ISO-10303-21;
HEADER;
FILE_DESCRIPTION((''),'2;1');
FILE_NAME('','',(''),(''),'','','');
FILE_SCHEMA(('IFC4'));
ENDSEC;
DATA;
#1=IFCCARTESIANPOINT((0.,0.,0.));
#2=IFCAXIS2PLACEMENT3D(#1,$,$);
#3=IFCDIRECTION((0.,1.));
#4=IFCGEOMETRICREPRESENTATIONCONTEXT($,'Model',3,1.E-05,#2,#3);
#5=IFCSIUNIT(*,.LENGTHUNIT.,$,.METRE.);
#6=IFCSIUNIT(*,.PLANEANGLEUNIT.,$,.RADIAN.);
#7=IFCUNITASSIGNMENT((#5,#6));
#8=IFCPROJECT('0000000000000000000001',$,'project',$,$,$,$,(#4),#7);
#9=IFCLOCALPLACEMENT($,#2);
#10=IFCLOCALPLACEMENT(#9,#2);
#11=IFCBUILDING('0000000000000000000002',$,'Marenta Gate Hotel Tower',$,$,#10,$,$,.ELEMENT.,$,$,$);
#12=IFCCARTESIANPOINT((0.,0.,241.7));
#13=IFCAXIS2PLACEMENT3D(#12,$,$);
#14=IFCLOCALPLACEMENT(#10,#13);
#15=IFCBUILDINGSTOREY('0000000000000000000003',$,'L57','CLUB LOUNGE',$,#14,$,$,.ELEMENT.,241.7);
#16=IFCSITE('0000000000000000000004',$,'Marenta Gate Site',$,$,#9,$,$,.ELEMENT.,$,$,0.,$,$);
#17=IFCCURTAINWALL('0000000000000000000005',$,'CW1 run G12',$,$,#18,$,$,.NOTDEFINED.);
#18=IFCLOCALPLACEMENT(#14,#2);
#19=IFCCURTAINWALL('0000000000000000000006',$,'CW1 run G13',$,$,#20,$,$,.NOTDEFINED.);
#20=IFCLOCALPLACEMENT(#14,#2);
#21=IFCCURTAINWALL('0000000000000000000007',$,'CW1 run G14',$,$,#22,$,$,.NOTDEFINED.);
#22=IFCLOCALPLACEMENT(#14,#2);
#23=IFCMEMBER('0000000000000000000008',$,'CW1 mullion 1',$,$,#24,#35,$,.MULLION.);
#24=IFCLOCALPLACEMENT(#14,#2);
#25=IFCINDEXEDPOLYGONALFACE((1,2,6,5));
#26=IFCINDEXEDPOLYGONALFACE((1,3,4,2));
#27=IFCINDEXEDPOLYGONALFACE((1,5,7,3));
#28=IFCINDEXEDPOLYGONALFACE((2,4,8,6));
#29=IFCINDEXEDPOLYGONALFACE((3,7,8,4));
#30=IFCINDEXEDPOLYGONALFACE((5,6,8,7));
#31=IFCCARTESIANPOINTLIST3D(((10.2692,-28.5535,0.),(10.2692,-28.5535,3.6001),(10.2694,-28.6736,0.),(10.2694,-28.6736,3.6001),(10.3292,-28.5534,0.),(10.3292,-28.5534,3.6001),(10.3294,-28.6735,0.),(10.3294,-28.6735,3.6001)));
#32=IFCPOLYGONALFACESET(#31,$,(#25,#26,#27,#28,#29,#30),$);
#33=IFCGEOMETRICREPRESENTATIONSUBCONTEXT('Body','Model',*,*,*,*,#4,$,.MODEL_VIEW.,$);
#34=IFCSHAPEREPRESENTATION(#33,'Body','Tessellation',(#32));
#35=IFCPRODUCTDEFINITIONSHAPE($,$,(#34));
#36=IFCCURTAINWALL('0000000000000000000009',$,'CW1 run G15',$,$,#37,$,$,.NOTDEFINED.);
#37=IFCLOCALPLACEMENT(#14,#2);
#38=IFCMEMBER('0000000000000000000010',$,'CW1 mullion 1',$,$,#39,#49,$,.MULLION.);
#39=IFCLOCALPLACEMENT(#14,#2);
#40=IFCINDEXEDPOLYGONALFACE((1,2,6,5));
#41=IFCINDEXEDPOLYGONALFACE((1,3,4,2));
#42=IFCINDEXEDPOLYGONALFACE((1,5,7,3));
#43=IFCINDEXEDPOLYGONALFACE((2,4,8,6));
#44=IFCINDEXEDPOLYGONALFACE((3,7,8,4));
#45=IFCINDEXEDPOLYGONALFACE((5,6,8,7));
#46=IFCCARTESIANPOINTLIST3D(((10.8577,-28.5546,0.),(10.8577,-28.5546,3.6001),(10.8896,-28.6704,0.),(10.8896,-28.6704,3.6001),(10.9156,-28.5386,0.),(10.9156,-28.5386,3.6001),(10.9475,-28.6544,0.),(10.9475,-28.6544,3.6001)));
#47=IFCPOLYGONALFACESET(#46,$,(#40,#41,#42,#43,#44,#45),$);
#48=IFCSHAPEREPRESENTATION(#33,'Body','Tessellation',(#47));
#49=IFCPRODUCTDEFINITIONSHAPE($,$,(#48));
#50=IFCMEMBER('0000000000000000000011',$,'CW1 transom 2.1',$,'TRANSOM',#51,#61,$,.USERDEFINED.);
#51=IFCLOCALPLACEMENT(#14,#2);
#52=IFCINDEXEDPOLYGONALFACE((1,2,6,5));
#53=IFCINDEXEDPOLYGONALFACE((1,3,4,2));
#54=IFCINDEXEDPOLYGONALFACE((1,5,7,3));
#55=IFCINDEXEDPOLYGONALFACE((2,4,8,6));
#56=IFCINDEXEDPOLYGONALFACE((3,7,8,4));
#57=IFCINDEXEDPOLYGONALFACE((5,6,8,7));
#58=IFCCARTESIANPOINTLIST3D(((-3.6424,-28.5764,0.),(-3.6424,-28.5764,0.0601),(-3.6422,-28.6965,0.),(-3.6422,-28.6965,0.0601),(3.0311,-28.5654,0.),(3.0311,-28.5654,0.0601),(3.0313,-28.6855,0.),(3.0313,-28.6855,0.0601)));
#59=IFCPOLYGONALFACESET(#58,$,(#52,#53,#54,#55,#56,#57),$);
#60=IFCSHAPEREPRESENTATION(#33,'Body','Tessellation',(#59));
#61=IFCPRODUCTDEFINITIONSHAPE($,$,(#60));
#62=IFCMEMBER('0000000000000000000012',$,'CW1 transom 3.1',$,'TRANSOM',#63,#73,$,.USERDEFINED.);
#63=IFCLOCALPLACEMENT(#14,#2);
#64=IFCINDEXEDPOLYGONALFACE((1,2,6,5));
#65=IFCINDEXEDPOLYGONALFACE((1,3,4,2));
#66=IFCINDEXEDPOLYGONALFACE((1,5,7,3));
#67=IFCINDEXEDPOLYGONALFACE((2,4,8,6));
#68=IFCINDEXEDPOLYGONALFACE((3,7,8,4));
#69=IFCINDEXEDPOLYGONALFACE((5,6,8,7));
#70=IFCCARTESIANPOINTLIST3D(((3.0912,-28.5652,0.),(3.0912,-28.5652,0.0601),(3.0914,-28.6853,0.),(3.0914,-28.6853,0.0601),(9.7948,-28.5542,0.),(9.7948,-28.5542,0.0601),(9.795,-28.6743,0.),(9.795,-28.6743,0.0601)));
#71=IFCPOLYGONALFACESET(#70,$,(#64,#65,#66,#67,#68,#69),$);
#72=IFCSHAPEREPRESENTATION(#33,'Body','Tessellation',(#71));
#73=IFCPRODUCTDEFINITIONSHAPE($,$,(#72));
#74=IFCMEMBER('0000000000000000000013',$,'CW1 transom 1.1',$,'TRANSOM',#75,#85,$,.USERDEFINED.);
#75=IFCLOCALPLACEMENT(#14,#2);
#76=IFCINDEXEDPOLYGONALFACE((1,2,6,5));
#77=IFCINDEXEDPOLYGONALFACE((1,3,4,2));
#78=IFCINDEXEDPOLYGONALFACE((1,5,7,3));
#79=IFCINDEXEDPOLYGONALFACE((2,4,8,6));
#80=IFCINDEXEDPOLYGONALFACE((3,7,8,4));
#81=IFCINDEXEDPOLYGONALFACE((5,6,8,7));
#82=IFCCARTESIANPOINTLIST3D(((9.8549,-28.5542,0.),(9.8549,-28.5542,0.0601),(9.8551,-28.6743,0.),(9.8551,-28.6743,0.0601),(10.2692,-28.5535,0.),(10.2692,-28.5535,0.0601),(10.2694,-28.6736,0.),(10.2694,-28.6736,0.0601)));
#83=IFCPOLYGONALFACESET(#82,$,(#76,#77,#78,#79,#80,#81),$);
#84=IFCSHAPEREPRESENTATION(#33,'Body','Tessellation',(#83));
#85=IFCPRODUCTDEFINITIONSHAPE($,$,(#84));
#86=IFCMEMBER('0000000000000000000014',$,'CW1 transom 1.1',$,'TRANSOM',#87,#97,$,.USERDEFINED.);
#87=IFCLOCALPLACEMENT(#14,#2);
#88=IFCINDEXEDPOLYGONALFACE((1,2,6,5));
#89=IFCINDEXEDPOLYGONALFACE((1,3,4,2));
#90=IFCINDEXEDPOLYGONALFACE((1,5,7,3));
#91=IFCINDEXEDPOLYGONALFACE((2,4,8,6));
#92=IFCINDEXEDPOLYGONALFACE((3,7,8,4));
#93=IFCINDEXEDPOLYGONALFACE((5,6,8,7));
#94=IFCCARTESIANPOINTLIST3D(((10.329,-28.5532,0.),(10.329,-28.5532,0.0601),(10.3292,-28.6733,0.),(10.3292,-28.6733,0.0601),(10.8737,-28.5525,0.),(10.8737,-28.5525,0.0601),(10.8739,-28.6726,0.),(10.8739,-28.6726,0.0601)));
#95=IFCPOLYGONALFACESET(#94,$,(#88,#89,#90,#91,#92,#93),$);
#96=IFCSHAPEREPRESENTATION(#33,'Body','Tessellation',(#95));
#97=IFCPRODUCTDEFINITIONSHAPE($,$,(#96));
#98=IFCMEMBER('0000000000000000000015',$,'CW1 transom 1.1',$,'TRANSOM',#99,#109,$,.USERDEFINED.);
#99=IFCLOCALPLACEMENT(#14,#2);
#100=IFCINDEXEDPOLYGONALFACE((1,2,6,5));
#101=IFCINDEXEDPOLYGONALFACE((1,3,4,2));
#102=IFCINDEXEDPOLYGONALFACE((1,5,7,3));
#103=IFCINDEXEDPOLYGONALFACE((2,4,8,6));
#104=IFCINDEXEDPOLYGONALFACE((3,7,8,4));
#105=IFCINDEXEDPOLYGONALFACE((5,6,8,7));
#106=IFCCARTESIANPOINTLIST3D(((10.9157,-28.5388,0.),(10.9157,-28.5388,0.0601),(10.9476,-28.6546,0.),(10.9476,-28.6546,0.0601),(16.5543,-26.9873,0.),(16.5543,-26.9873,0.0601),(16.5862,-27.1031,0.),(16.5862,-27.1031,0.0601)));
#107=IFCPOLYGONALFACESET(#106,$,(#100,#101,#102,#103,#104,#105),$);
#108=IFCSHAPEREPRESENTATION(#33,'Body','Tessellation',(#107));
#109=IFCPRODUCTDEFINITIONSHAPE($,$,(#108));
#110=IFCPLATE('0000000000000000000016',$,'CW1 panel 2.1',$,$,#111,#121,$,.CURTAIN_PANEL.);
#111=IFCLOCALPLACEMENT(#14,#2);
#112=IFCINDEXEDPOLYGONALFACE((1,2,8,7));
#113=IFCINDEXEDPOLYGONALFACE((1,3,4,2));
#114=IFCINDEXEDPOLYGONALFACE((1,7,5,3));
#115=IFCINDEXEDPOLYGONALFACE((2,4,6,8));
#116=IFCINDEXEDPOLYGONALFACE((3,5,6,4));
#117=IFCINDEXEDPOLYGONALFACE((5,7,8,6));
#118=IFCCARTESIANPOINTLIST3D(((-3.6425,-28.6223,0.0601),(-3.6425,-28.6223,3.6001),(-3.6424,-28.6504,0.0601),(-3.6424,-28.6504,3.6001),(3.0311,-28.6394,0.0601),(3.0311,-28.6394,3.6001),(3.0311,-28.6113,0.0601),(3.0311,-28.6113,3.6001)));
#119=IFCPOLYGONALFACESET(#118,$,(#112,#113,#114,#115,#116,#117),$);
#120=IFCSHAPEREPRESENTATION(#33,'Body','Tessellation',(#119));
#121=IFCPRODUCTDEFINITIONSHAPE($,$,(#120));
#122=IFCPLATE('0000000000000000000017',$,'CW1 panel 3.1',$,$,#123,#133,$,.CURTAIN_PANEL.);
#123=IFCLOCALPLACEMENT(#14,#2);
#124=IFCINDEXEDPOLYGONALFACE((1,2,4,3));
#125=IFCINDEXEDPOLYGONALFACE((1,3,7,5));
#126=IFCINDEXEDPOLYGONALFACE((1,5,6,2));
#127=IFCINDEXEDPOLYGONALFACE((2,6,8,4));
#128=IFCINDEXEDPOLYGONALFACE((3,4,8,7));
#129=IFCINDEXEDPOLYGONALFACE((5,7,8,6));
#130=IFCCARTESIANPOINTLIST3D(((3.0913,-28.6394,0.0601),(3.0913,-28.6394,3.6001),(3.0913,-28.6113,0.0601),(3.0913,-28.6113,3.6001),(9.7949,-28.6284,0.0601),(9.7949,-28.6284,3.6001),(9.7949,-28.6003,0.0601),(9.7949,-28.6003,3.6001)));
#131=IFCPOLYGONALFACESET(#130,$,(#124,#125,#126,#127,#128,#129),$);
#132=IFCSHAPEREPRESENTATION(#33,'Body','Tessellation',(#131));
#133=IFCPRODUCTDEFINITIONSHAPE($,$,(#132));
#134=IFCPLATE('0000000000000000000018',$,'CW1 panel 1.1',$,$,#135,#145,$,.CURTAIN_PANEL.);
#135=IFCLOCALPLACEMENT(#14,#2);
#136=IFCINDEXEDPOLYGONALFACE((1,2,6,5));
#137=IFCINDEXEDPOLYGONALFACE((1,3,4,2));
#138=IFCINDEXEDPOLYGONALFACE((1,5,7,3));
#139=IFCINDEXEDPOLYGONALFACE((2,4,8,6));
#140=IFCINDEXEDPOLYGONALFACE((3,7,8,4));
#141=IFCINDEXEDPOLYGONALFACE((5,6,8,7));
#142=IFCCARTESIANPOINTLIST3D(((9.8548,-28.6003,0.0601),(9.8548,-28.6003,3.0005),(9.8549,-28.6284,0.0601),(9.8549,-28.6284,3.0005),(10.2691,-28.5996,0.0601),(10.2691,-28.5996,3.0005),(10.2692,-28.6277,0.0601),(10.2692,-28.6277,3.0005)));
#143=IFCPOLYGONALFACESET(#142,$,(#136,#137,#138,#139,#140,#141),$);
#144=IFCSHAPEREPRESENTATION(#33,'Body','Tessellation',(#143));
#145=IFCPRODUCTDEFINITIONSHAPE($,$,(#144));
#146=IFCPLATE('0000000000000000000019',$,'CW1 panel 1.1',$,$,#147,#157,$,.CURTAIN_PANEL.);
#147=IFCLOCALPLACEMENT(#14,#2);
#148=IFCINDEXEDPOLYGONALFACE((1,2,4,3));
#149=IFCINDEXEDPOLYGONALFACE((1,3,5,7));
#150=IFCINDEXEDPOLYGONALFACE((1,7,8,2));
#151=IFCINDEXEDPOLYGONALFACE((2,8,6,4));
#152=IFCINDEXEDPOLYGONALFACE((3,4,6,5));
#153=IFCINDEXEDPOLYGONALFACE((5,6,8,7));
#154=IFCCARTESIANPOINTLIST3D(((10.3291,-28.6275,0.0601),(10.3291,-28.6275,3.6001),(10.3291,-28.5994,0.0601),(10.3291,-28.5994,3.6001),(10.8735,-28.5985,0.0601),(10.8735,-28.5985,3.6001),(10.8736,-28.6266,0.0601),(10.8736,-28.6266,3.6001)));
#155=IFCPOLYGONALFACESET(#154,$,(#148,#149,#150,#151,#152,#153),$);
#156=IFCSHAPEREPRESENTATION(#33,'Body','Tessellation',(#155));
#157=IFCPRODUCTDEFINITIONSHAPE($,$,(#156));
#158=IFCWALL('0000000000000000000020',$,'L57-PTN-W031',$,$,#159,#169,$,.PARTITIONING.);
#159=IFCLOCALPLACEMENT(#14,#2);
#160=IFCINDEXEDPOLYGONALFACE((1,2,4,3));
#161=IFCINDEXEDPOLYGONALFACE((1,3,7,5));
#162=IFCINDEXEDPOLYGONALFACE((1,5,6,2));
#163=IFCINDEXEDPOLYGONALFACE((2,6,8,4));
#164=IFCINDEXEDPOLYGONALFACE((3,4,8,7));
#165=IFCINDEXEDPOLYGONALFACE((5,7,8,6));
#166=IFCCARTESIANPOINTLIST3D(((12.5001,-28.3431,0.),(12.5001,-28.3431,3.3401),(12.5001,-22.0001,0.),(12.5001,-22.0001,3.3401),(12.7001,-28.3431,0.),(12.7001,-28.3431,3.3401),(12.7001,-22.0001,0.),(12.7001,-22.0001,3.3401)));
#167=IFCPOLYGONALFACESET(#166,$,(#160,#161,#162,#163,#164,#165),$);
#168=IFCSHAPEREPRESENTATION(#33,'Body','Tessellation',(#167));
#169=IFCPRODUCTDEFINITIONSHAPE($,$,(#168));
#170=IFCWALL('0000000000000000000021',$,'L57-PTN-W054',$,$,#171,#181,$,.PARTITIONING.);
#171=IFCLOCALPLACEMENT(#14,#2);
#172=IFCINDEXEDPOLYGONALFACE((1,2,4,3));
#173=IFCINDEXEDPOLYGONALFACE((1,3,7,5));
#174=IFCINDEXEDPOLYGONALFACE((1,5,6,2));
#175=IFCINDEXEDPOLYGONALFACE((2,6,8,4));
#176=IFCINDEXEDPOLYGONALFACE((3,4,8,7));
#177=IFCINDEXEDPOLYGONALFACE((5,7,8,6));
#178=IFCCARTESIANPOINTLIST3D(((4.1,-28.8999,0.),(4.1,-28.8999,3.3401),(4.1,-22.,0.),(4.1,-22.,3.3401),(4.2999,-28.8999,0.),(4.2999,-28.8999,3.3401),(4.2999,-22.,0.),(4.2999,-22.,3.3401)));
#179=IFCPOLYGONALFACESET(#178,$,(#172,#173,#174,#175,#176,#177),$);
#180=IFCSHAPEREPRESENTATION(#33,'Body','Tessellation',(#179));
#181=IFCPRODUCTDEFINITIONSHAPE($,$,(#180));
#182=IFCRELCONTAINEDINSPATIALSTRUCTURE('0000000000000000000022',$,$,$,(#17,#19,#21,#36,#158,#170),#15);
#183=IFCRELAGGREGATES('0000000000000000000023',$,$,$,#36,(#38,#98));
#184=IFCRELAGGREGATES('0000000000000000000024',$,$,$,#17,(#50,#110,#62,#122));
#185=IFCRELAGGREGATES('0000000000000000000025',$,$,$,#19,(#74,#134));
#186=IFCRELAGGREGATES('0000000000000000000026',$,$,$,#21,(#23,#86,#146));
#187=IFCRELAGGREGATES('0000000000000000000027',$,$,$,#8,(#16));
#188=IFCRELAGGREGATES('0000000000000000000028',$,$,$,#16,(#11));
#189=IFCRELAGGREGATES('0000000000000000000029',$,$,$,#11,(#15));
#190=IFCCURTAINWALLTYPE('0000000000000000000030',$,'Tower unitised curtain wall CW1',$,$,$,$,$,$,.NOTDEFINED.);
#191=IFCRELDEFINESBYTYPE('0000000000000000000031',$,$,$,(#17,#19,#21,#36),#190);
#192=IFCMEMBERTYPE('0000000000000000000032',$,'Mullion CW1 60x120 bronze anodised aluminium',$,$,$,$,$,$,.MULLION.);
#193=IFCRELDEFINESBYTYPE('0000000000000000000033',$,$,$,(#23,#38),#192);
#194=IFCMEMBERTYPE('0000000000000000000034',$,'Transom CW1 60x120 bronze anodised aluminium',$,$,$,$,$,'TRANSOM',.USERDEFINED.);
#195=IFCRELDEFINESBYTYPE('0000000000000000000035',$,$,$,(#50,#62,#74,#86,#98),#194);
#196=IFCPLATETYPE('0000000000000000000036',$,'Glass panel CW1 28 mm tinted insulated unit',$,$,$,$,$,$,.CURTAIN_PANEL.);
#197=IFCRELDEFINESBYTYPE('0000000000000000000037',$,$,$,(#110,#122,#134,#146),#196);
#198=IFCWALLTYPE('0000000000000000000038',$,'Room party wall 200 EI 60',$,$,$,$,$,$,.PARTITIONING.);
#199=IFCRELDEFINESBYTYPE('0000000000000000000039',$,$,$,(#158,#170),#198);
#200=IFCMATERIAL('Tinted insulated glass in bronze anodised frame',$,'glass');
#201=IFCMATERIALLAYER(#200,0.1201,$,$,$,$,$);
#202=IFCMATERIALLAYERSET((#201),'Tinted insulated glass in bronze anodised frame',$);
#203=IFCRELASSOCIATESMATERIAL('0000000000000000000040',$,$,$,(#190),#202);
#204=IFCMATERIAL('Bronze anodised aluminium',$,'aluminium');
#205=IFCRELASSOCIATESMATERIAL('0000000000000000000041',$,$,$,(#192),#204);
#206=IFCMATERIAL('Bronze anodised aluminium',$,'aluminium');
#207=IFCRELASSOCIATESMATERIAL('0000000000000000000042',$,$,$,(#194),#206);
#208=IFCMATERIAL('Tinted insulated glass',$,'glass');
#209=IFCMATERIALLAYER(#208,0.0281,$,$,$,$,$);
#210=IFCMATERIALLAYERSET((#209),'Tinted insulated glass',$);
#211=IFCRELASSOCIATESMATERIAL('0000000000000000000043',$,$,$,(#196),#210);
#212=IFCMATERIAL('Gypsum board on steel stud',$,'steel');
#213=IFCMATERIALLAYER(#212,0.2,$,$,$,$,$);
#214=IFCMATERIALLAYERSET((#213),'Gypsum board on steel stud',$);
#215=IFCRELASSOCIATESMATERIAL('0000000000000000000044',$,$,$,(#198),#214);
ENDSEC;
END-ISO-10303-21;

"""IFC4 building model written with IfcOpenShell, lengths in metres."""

from ifc_helpers import new_model, si_unit, direction, frame, frame_2d, origin, origin_2d, place, context, subcontext, project, spatial, rectangle, extrude, material, layer, layer_set, material_profile, profile_set, type_object, element, aggregate, save


model = new_model("IFC4")

# Units and contexts
model_context = context("Model", 3, precision=1e-05, world=origin(), true_north=direction((0.0, 1.0)))
body_context = subcontext(model_context, "Body", "Model", "MODEL_VIEW")
ifc_project = project(units=[si_unit("LENGTHUNIT", "METRE"), si_unit("PLANEANGLEUNIT", "RADIAN")], contexts=[model_context])

# Site, building, storey
site_placement = place(None, origin())
site = spatial("IfcSite", under=ifc_project, at=site_placement, Name="Marenta Gate Site", CompositionType="ELEMENT", RefElevation=0.0)
building_placement = place(site_placement, origin())
building = spatial("IfcBuilding", under=site, at=building_placement, Name="Marenta Gate Hotel Tower", CompositionType="ELEMENT")
storey_placement = place(building_placement, frame((0.0, 0.0, 241.7)))
storey = spatial("IfcBuildingStorey", under=building, at=storey_placement, Name="L57", Description="CLUB LOUNGE", CompositionType="ELEMENT", Elevation=241.7)

# Curtain wall
ifc_material_1 = material(Name="Tinted insulated glass in bronze anodised frame", Category="glass")
ifc_layer_1 = layer(ifc_material_1, 0.1201)
ifc_layer_set_1 = layer_set([ifc_layer_1], Name="Tinted insulated glass in bronze anodised frame")
curtain_wall_type = type_object("IfcCurtainWallType", Name="Tower unitised curtain wall CW1", PredefinedType="NOTDEFINED", material=ifc_layer_set_1)
curtain_wall_1_placement = place(storey_placement, origin())
curtain_wall_1 = element("IfcCurtainWall", 1, at=curtain_wall_1_placement, inside=storey, type_object=curtain_wall_type, Name="CW1 run G12", PredefinedType="NOTDEFINED")
ifc_material_2 = material(Name="Bronze anodised aluminium", Category="aluminium")
ifc_material_profile_1 = material_profile(ifc_material_2, rectangle(XDim=0.1201, YDim=0.0601, at=origin_2d()), Name="Mullion CW1 60x120 bronze anodised aluminium")
ifc_profile_set_1 = profile_set([ifc_material_profile_1], Name="Bronze anodised aluminium")
member_type_1 = type_object("IfcMemberType", Name="Mullion CW1 60x120 bronze anodised aluminium", PredefinedType="MULLION", material=ifc_profile_set_1)

# Curtain walls, members
curtain_wall_2_placement = place(storey_placement, origin())
curtain_wall_2 = element("IfcCurtainWall", 2, at=curtain_wall_2_placement, inside=storey, type_object=curtain_wall_type, Name="CW1 run G13", PredefinedType="NOTDEFINED")
curtain_wall_3_placement = place(storey_placement, origin())
curtain_wall_3 = element("IfcCurtainWall", 3, at=curtain_wall_3_placement, inside=storey, type_object=curtain_wall_type, Name="CW1 run G14", PredefinedType="NOTDEFINED")
member_1_placement = place(storey_placement, frame((10.2993, -28.6135, 0.0), z_axis=(0.0, 0.0, 1.0), x_axis=(-0.001654, 0.999999, 0.0)))
member_1 = element("IfcMember", 4, at=member_1_placement, type_object=member_type_1, Name="CW1 mullion 1", PredefinedType="MULLION", context=body_context, shape_type="SweptSolid", body=[
    extrude(rectangle(XDim=0.1201, YDim=0.0601, at=origin_2d()), origin(), (0.0, 0.0, 1.0), 3.6001),
])
curtain_wall_4_placement = place(storey_placement, origin())
curtain_wall_4 = element("IfcCurtainWall", 5, at=curtain_wall_4_placement, inside=storey, type_object=curtain_wall_type, Name="CW1 run G15", PredefinedType="NOTDEFINED")
member_2_placement = place(storey_placement, frame((10.9026, -28.6045, 0.0), z_axis=(0.0, 0.0, 1.0), x_axis=(-0.265293, 0.964168, 0.0)))
member_2 = element("IfcMember", 6, at=member_2_placement, type_object=member_type_1, Name="CW1 mullion 1", PredefinedType="MULLION", context=body_context, shape_type="SweptSolid", body=[
    extrude(rectangle(XDim=0.1201, YDim=0.0601, at=origin_2d()), origin(), (0.0, 0.0, 1.0), 3.6001),
])

# Members
ifc_material_3 = material(Name="Bronze anodised aluminium", Category="aluminium")
ifc_material_profile_2 = material_profile(ifc_material_3, rectangle(XDim=0.1201, YDim=0.0601, at=origin_2d()), Name="Transom CW1 60x120 bronze anodised aluminium")
ifc_profile_set_2 = profile_set([ifc_material_profile_2], Name="Bronze anodised aluminium")
member_type_2 = type_object("IfcMemberType", Name="Transom CW1 60x120 bronze anodised aluminium", ElementType="TRANSOM", PredefinedType="USERDEFINED", material=ifc_profile_set_2)
member_3_placement = place(storey_placement, frame((-3.6423, -28.6365, 0.03), z_axis=(0.999999, 0.001646, 0.0), x_axis=(-0.001646, 0.999999, 0.0)))
member_3 = element("IfcMember", 7, at=member_3_placement, type_object=member_type_2, Name="CW1 transom 2.1", ObjectType="TRANSOM", PredefinedType="USERDEFINED", context=body_context, shape_type="SweptSolid", body=[
    extrude(rectangle(XDim=0.1201, YDim=0.0601, at=origin_2d()), origin(), (0.0, 0.0, 1.0), 6.6736),
])
member_4_placement = place(storey_placement, frame((3.0913, -28.6252, 0.03), z_axis=(0.999999, 0.001639, 0.0), x_axis=(-0.001639, 0.999999, 0.0)))
member_4 = element("IfcMember", 8, at=member_4_placement, type_object=member_type_2, Name="CW1 transom 3.1", ObjectType="TRANSOM", PredefinedType="USERDEFINED", context=body_context, shape_type="SweptSolid", body=[
    extrude(rectangle(XDim=0.1201, YDim=0.0601, at=origin_2d()), origin(), (0.0, 0.0, 1.0), 6.7036),
])
member_5_placement = place(storey_placement, frame((9.855, -28.6143, 0.03), z_axis=(0.999998, 0.001768, 0.0), x_axis=(-0.001768, 0.999998, 0.0)))
member_5 = element("IfcMember", 9, at=member_5_placement, type_object=member_type_2, Name="CW1 transom 1.1", ObjectType="TRANSOM", PredefinedType="USERDEFINED", context=body_context, shape_type="SweptSolid", body=[
    extrude(rectangle(XDim=0.1201, YDim=0.0601, at=origin_2d()), origin(), (0.0, 0.0, 1.0), 0.4143),
])
member_6_placement = place(storey_placement, frame((10.3291, -28.6133, 0.03), z_axis=(0.999999, 0.001345, 0.0), x_axis=(-0.001345, 0.999999, 0.0)))
member_6 = element("IfcMember", 10, at=member_6_placement, type_object=member_type_2, Name="CW1 transom 1.1", ObjectType="TRANSOM", PredefinedType="USERDEFINED", context=body_context, shape_type="SweptSolid", body=[
    extrude(rectangle(XDim=0.1201, YDim=0.0601, at=origin_2d()), origin(), (0.0, 0.0, 1.0), 0.5447),
])
member_7_placement = place(storey_placement, frame((10.9316, -28.5967, 0.03), z_axis=(0.964167, 0.265296, 0.0), x_axis=(-0.265296, 0.964167, 0.0)))
member_7 = element("IfcMember", 11, at=member_7_placement, type_object=member_type_2, Name="CW1 transom 1.1", ObjectType="TRANSOM", PredefinedType="USERDEFINED", context=body_context, shape_type="SweptSolid", body=[
    extrude(rectangle(XDim=0.1201, YDim=0.0601, at=origin_2d()), origin(), (0.0, 0.0, 1.0), 5.8481),
])
aggregate(curtain_wall_4, [member_2, member_7])

# Plates
ifc_material_4 = material(Name="Tinted insulated glass", Category="glass")
ifc_layer_2 = layer(ifc_material_4, 0.0281)
ifc_layer_set_2 = layer_set([ifc_layer_2], Name="Tinted insulated glass")
plate_type = type_object("IfcPlateType", Name="Glass panel CW1 28 mm tinted insulated unit", PredefinedType="CURTAIN_PANEL", material=ifc_layer_set_2)
plate_1_placement = place(storey_placement, frame((-0.3057, -28.6309, 0.0601), z_axis=(0.0, 0.0, 1.0), x_axis=(0.999999, 0.001643, 0.0)))
plate_1 = element("IfcPlate", 12, at=plate_1_placement, type_object=plate_type, Name="CW1 panel 2.1", PredefinedType="CURTAIN_PANEL", context=body_context, shape_type="SweptSolid", body=[
    extrude(rectangle(XDim=6.6736, YDim=0.0281, at=origin_2d()), origin(), (0.0, 0.0, 1.0), 3.54),
])
plate_2_placement = place(storey_placement, frame((6.4431, -28.6199, 0.0601), z_axis=(0.0, 0.0, 1.0), x_axis=(0.999999, 0.001643, 0.0)))
plate_2 = element("IfcPlate", 13, at=plate_2_placement, type_object=plate_type, Name="CW1 panel 3.1", PredefinedType="CURTAIN_PANEL", context=body_context, shape_type="SweptSolid", body=[
    extrude(rectangle(XDim=6.7036, YDim=0.0281, at=origin_2d()), origin(), (0.0, 0.0, 1.0), 3.54),
])
aggregate(curtain_wall_1, [member_3, plate_1, member_4, plate_2])
plate_3_placement = place(storey_placement, frame((10.062, -28.614, 0.0601), z_axis=(0.0, 0.0, 1.0), x_axis=(0.999999, 0.001687, 0.0)))
plate_3 = element("IfcPlate", 14, at=plate_3_placement, type_object=plate_type, Name="CW1 panel 1.1", PredefinedType="CURTAIN_PANEL", context=body_context, shape_type="SweptSolid", body=[
    extrude(rectangle(XDim=0.4143, YDim=0.0281, at=origin_2d()), origin(), (0.0, 0.0, 1.0), 2.9404),
])
aggregate(curtain_wall_2, [member_5, plate_3])
plate_4_placement = place(storey_placement, frame((10.6013, -28.613, 0.0601), z_axis=(0.0, 0.0, 1.0), x_axis=(0.999999, 0.001654, 0.0)))
plate_4 = element("IfcPlate", 15, at=plate_4_placement, type_object=plate_type, Name="CW1 panel 1.1", PredefinedType="CURTAIN_PANEL", context=body_context, shape_type="SweptSolid", body=[
    extrude(rectangle(XDim=0.5444, YDim=0.0281, at=origin_2d()), origin(), (0.0, 0.0, 1.0), 3.54),
])
aggregate(curtain_wall_3, [member_1, member_6, plate_4])

# Walls
ifc_material_5 = material(Name="Gypsum board on steel stud", Category="steel")
ifc_layer_3 = layer(ifc_material_5, 0.2)
ifc_layer_set_3 = layer_set([ifc_layer_3], Name="Gypsum board on steel stud")
wall_type = type_object("IfcWallType", Name="Room party wall 200 EI 60", PredefinedType="PARTITIONING", material=ifc_layer_set_3)
wall_1_placement = place(storey_placement, frame((12.6001, -28.343, 0.0), z_axis=(0.0, 0.0, 1.0), x_axis=(0.0, 1.0, 0.0)))
element("IfcWall", 16, at=wall_1_placement, inside=storey, type_object=wall_type, Name="L57-PTN-W031", PredefinedType="PARTITIONING", context=body_context, shape_type="SweptSolid", body=[
    extrude(rectangle(XDim=6.343, YDim=0.2, at=frame_2d((3.1714, 0.0))), origin(), (0.0, 0.0, 1.0), 3.3401),
])
wall_2_placement = place(storey_placement, frame((4.2, -28.8999, 0.0), z_axis=(0.0, 0.0, 1.0), x_axis=(0.0, 1.0, 0.0)))
element("IfcWall", 17, at=wall_2_placement, inside=storey, type_object=wall_type, Name="L57-PTN-W054", PredefinedType="PARTITIONING", context=body_context, shape_type="SweptSolid", body=[
    extrude(rectangle(XDim=6.8999, YDim=0.2, at=frame_2d((3.45, 0.0))), origin(), (0.0, 0.0, 1.0), 3.3401),
])

save(model, "model.ifc")
